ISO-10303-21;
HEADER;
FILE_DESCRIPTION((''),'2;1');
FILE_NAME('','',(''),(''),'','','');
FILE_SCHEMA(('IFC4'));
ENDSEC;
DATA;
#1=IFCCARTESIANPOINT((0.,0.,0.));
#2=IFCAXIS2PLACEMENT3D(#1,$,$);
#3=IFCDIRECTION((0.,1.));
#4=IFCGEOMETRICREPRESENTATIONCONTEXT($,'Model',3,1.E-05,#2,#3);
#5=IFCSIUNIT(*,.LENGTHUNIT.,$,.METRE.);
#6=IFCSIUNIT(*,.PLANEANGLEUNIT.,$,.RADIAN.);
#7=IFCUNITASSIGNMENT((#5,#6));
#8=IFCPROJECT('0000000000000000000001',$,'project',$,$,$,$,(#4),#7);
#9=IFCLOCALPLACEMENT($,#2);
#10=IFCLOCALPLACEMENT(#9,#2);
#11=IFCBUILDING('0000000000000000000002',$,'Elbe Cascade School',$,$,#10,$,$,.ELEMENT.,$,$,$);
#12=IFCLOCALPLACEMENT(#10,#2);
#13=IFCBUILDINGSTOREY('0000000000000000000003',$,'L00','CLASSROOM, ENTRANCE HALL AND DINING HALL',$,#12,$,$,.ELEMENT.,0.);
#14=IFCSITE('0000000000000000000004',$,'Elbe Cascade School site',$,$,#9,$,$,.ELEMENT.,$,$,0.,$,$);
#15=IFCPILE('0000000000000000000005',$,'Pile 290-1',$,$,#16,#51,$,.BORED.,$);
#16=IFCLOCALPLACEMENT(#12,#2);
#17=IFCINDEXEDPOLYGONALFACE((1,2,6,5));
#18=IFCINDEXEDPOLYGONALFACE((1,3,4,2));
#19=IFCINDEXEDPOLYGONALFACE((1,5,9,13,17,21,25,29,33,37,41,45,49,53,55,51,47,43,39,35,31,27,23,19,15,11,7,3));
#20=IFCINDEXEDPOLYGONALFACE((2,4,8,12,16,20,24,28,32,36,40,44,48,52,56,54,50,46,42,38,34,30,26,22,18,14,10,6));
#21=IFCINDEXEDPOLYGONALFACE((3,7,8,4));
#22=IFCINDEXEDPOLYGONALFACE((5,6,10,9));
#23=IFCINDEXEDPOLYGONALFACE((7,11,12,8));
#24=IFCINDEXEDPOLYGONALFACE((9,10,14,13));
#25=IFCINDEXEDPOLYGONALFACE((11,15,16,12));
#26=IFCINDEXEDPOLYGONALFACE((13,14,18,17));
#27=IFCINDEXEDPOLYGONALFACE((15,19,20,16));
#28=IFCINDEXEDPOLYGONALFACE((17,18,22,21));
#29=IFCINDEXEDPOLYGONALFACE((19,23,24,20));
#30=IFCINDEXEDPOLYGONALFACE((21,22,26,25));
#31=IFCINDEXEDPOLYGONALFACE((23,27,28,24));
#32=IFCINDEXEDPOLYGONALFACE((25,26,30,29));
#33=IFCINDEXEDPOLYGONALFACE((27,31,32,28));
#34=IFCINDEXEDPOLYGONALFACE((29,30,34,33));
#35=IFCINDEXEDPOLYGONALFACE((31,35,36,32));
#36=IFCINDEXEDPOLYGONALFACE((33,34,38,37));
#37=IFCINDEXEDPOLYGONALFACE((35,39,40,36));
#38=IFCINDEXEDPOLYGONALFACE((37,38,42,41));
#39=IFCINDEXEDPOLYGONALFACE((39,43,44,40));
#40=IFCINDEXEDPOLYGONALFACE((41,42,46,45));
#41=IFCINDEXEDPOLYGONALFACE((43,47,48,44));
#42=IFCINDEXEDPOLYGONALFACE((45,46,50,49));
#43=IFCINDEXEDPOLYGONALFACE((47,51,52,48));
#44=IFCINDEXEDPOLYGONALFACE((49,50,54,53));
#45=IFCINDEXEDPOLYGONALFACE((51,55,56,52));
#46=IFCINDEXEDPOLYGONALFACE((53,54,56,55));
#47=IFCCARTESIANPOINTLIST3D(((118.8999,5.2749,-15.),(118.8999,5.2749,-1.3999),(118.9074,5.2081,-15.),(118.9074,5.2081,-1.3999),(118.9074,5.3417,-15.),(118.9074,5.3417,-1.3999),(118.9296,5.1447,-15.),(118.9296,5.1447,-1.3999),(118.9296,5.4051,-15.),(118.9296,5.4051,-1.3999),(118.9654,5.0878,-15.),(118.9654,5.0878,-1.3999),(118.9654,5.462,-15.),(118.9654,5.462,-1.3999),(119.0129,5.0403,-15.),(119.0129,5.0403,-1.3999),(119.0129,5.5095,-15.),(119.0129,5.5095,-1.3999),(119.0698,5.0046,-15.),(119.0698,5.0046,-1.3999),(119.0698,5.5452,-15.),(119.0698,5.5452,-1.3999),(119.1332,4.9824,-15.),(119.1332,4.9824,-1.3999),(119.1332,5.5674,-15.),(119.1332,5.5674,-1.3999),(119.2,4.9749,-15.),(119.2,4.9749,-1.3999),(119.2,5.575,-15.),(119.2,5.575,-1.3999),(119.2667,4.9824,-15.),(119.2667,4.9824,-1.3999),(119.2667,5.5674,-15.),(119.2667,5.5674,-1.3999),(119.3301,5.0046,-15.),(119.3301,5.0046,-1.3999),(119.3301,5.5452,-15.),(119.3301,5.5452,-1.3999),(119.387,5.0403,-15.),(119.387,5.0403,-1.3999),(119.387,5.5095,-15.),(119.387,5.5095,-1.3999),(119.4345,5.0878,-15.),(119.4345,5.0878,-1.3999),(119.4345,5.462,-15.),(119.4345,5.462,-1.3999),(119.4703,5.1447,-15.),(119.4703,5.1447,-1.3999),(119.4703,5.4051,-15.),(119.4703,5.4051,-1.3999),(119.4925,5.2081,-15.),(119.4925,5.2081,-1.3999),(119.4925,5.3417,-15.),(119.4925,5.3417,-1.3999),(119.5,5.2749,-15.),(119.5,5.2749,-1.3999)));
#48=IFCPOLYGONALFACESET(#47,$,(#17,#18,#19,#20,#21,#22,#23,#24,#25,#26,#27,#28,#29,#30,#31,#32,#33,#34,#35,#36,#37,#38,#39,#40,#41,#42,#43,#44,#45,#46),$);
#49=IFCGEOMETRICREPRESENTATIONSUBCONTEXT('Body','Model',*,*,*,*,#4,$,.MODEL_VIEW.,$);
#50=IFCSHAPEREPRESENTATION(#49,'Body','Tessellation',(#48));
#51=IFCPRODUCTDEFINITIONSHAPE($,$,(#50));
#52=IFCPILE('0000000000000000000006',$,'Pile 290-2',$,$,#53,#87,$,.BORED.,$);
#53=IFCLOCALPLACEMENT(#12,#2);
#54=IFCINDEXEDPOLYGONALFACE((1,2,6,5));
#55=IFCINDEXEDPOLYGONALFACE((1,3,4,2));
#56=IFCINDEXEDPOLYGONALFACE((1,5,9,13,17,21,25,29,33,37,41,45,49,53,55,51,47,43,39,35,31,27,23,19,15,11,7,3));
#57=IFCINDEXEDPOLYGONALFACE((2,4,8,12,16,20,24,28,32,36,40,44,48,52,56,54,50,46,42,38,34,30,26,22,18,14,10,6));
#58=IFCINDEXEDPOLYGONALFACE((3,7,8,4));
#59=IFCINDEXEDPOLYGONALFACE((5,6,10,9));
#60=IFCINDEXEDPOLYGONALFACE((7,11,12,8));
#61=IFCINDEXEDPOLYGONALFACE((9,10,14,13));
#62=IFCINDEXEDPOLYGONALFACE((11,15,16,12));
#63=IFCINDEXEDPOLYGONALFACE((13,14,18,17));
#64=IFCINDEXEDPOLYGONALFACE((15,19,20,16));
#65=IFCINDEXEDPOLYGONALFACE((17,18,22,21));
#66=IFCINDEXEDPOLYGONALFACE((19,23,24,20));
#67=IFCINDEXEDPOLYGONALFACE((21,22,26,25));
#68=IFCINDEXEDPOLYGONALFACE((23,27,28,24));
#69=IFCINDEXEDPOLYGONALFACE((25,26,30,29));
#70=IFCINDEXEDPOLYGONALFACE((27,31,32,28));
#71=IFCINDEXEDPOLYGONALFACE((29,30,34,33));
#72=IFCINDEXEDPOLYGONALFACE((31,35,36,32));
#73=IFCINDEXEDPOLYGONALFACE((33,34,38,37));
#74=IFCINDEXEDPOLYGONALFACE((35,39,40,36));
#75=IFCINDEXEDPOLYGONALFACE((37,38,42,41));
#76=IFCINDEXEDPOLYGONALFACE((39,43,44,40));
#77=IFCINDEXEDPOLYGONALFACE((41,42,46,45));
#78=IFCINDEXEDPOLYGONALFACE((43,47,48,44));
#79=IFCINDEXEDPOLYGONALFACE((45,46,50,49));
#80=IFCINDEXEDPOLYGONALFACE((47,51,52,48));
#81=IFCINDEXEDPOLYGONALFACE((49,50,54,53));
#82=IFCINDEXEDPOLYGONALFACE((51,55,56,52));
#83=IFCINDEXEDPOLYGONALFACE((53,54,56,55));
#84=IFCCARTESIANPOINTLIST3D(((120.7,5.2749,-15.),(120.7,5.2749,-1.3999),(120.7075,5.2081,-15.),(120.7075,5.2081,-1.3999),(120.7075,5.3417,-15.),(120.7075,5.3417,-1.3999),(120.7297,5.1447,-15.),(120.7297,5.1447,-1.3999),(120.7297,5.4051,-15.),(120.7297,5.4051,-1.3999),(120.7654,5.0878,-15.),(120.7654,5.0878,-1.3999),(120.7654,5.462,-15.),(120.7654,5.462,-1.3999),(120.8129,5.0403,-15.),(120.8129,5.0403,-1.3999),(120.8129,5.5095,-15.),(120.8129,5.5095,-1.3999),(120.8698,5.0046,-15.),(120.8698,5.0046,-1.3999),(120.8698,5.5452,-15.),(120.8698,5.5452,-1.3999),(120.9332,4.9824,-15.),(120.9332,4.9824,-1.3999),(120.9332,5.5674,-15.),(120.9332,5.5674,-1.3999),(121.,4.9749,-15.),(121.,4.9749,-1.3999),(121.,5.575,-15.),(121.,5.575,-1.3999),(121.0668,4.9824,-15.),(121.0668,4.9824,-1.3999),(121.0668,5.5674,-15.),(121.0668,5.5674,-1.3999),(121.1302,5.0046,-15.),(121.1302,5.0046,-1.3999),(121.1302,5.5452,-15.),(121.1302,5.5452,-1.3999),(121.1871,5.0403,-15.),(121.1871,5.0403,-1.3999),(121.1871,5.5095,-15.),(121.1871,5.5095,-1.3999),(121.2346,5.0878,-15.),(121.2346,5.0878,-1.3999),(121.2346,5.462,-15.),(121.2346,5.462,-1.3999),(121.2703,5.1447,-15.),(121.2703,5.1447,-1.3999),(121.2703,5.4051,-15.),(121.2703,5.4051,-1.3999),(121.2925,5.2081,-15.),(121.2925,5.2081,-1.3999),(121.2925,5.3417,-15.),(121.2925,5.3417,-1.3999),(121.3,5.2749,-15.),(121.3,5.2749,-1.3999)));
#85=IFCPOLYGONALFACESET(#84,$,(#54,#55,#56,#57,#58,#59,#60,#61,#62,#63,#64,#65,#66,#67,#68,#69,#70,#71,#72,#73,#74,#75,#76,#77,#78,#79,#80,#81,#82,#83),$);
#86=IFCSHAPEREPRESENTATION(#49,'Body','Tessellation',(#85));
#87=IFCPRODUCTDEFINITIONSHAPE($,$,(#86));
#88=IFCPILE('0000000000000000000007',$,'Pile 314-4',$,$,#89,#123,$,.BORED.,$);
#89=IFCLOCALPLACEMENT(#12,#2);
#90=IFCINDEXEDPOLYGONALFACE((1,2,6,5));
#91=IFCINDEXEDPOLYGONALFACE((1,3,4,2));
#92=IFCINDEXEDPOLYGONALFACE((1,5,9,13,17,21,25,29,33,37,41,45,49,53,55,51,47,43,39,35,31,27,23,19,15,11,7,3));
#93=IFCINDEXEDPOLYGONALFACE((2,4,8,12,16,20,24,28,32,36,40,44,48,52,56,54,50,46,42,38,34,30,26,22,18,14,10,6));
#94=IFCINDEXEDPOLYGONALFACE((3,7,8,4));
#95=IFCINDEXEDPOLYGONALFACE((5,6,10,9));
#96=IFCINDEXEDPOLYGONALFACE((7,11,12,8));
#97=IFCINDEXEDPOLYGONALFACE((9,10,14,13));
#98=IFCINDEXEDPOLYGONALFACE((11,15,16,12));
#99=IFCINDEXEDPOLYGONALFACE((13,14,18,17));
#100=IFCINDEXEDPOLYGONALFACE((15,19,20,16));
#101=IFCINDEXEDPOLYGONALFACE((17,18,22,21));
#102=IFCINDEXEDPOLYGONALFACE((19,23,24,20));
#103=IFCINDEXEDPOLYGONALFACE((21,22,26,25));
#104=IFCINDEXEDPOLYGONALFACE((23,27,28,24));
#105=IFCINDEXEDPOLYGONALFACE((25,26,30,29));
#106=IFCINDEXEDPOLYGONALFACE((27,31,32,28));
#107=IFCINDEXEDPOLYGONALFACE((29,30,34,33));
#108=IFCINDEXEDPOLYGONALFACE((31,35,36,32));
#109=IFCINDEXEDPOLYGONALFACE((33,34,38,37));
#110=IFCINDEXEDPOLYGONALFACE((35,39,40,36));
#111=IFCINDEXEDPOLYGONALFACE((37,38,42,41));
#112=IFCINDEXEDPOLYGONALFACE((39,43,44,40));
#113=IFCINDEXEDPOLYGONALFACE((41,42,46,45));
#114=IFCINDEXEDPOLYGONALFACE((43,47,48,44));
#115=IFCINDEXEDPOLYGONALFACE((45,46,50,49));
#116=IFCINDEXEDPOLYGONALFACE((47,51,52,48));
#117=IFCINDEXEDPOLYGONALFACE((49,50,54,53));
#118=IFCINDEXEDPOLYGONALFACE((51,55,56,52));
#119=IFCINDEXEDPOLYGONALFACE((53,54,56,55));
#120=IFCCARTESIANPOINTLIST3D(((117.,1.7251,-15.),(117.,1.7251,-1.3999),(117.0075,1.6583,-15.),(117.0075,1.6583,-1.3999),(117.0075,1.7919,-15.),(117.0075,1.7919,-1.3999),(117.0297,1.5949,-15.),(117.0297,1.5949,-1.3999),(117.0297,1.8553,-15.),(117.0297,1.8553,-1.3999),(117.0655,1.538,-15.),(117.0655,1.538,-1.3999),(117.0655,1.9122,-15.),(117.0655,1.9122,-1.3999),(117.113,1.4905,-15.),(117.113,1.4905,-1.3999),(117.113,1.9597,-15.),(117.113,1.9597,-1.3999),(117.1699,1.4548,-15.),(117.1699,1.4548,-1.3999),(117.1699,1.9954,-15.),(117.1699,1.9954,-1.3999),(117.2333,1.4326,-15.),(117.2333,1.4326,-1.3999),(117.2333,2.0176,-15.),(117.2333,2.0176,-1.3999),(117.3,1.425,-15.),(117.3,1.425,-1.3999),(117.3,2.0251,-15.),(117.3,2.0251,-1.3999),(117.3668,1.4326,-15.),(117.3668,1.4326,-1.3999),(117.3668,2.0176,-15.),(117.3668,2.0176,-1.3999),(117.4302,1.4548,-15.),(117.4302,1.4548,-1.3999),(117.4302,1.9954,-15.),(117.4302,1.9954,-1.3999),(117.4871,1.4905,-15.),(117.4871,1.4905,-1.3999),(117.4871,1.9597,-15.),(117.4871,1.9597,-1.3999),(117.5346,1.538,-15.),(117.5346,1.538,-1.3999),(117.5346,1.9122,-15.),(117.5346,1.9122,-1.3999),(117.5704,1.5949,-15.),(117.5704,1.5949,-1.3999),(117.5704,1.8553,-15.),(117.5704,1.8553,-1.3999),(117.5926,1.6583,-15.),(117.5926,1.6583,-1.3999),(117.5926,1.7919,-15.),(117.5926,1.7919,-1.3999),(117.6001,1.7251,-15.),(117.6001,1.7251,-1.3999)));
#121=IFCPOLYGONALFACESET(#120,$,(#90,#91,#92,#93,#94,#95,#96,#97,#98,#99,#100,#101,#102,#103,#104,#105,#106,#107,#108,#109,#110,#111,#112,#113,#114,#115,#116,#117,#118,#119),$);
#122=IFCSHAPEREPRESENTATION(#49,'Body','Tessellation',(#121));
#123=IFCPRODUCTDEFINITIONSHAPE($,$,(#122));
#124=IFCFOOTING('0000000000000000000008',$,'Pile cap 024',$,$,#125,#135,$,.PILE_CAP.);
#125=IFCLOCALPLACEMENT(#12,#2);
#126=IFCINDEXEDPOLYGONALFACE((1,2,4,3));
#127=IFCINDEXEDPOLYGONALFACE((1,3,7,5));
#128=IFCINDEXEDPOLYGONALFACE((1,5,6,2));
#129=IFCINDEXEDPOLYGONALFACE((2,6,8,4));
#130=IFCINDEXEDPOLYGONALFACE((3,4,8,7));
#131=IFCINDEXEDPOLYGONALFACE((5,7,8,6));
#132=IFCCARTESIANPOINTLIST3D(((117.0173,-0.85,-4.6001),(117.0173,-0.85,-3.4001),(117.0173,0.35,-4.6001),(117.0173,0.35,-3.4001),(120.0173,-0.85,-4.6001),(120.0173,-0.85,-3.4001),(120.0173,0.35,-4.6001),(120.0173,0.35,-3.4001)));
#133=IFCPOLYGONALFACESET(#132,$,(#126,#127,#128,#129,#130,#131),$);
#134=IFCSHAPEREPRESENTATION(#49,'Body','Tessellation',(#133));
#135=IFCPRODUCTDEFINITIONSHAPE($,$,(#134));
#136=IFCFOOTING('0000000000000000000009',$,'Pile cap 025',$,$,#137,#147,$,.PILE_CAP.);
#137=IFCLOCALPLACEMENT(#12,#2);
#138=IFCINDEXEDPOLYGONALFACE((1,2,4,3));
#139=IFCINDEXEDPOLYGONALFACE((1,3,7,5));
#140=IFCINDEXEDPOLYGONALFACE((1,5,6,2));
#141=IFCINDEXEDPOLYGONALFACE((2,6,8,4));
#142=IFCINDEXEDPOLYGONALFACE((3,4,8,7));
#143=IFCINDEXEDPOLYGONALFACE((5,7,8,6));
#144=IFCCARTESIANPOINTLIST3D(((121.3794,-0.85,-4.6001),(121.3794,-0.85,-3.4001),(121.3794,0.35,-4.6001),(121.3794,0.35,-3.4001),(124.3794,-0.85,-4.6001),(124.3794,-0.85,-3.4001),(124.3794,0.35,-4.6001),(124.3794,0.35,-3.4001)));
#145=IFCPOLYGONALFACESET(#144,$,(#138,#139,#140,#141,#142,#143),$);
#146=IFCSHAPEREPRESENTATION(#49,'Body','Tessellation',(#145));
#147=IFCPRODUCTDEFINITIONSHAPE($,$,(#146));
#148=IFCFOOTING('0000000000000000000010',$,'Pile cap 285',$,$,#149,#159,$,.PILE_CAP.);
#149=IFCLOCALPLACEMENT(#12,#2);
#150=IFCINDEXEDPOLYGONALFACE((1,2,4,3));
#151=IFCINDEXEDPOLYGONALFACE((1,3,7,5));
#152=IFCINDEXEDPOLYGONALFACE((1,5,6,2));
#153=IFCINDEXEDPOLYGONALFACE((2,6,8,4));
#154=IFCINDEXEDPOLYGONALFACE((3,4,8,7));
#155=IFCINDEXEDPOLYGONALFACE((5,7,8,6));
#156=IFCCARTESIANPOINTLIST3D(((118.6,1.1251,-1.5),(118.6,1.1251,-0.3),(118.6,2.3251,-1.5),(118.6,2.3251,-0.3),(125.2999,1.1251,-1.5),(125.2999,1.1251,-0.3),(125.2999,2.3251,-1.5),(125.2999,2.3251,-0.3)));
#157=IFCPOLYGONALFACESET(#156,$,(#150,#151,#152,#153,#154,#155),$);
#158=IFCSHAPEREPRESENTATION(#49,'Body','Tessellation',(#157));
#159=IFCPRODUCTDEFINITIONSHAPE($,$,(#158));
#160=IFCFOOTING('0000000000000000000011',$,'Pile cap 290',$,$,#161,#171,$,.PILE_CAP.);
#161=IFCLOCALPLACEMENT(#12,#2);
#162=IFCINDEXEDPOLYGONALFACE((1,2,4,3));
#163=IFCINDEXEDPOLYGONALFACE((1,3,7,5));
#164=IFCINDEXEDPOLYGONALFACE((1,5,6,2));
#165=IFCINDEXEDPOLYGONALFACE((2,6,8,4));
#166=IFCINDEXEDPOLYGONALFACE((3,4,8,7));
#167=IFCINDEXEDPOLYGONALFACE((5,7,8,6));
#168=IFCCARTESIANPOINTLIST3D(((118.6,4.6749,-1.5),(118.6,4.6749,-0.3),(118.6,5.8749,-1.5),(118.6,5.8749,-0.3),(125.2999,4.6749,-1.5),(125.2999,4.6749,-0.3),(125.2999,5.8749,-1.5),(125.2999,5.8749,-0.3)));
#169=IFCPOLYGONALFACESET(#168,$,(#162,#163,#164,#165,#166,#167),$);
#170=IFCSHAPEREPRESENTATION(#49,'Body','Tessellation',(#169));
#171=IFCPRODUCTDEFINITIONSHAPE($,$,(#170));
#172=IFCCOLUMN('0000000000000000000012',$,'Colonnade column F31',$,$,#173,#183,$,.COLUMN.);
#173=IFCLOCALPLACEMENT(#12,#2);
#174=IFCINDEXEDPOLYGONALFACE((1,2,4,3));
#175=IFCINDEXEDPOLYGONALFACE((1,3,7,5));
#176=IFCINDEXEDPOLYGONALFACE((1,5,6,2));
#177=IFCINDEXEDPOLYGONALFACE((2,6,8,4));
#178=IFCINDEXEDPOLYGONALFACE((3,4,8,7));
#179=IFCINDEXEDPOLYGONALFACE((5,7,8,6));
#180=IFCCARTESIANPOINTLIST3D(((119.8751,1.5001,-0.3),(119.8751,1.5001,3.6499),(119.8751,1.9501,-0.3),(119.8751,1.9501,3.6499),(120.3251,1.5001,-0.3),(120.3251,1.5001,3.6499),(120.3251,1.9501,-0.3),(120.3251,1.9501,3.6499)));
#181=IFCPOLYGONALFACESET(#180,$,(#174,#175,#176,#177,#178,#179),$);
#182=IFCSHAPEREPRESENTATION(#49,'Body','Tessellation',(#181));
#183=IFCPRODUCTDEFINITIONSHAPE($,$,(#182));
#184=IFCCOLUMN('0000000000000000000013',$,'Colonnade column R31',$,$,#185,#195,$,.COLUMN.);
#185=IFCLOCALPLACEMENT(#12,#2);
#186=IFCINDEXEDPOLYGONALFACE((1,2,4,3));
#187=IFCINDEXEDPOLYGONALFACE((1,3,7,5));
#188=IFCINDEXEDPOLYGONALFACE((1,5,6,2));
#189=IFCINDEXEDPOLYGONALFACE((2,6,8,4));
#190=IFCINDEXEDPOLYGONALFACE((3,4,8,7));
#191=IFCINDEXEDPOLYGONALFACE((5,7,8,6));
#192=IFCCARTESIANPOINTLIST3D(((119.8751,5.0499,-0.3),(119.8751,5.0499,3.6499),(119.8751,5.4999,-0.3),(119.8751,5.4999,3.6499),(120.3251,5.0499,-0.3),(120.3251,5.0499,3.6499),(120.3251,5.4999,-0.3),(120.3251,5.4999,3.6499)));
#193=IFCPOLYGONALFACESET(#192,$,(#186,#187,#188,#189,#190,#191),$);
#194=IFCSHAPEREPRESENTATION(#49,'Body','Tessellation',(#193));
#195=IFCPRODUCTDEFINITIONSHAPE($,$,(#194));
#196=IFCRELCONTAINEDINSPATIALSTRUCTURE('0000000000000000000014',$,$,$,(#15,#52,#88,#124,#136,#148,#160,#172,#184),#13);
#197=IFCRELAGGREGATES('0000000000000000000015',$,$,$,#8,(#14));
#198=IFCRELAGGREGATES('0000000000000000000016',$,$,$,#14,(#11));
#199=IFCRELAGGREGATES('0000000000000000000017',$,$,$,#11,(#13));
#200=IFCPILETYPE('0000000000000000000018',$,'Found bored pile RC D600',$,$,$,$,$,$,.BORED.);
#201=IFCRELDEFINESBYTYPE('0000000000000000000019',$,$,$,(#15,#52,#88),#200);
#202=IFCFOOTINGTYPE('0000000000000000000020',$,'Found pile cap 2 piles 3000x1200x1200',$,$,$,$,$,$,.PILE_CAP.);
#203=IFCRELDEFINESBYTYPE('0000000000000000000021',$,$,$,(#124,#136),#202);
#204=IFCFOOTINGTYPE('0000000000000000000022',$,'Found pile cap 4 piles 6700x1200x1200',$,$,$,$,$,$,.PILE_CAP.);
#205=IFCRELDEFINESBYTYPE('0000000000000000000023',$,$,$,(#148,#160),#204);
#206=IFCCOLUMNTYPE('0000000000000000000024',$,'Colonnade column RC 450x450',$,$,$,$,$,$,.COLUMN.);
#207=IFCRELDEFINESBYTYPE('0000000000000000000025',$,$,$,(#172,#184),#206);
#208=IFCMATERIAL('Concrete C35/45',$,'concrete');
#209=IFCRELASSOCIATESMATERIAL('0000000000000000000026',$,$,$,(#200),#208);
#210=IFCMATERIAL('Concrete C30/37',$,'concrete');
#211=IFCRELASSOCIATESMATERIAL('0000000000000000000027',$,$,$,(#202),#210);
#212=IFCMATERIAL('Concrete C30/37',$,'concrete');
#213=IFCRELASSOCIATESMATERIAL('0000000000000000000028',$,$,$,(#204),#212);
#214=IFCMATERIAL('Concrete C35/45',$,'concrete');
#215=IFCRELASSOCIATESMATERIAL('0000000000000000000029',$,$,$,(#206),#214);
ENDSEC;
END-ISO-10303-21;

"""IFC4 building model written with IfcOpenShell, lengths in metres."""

from ifc_helpers import new_model, si_unit, direction, frame, origin, origin_2d, place, context, subcontext, project, spatial, rectangle, circle, extrude, material, material_profile, profile_set, type_object, element, save


model = new_model("IFC4")

# Units and contexts
model_context = context("Model", 3, precision=1e-05, world=origin(), true_north=direction((0.0, 1.0)))
body_context = subcontext(model_context, "Body", "Model", "MODEL_VIEW")
ifc_project = project(units=[si_unit("LENGTHUNIT", "METRE"), si_unit("PLANEANGLEUNIT", "RADIAN")], contexts=[model_context])

# Site, building, storey
site_placement = place(None, origin())
site = spatial("IfcSite", under=ifc_project, at=site_placement, Name="Elbe Cascade School site", CompositionType="ELEMENT", RefElevation=0.0)
building_placement = place(site_placement, origin())
building = spatial("IfcBuilding", under=site, at=building_placement, Name="Elbe Cascade School", CompositionType="ELEMENT")
storey_placement = place(building_placement, origin())
storey = spatial("IfcBuildingStorey", under=building, at=storey_placement, Name="L00", Description="CLASSROOM, ENTRANCE HALL AND DINING HALL", CompositionType="ELEMENT", Elevation=0.0)

# Piles
ifc_material_1 = material(Name="Concrete C35/45", Category="concrete")
ifc_material_profile_1 = material_profile(ifc_material_1, circle(Radius=0.3, at=origin_2d()), Name="RC D600")
ifc_profile_set_1 = profile_set([ifc_material_profile_1], Name="Concrete C35/45")
pile_type = type_object("IfcPileType", Name="Found bored pile RC D600", PredefinedType="BORED", material=ifc_profile_set_1)
for number, where, z_axis, x_axis, name in (
    (1, (119.2, 5.2749, -1.3999), (0.0, 0.0, -1.0), (1.0, 0.0, 0.0), "Pile 290-1"),
    (2, (121.0, 5.2749, -1.3999), (0.0, 0.0, -1.0), (1.0, 0.0, 0.0), "Pile 290-2"),
    (3, (117.3, 1.7251, -1.3999), (0.0, 0.0, -1.0), (1.0, 0.0, 0.0), "Pile 314-4"),
):
    element("IfcPile", number, at=place(storey_placement, frame(where, z_axis=z_axis, x_axis=x_axis)), inside=storey, type_object=pile_type, Name=name, PredefinedType="BORED", context=body_context, shape_type="SweptSolid", body=[
        extrude(circle(Radius=0.3, at=origin_2d()), origin(), (0.0, 0.0, 1.0), 13.6001),
    ])

# Footings
ifc_material_2 = material(Name="Concrete C30/37", Category="concrete")
footing_type_1 = type_object("IfcFootingType", Name="Found pile cap 2 piles 3000x1200x1200", PredefinedType="PILE_CAP", material=ifc_material_2)
for number, where, z_axis, x_axis, name in (
    (4, (118.5173, -0.25, -4.6001), (0.0, 0.0, 1.0), (1.0, 0.0, 0.0), "Pile cap 024"),
    (5, (122.8794, -0.25, -4.6001), (0.0, 0.0, 1.0), (1.0, 0.0, 0.0), "Pile cap 025"),
):
    element("IfcFooting", number, at=place(storey_placement, frame(where, z_axis=z_axis, x_axis=x_axis)), inside=storey, type_object=footing_type_1, Name=name, PredefinedType="PILE_CAP", context=body_context, shape_type="SweptSolid", body=[
        extrude(rectangle(XDim=3.0, YDim=1.2, at=origin_2d()), origin(), (0.0, 0.0, 1.0), 1.2),
    ])
ifc_material_3 = material(Name="Concrete C30/37", Category="concrete")
footing_type_2 = type_object("IfcFootingType", Name="Found pile cap 4 piles 6700x1200x1200", PredefinedType="PILE_CAP", material=ifc_material_3)
for number, where, z_axis, x_axis, name in (
    (6, (121.95, 1.7251, -1.5), (0.0, 0.0, 1.0), (1.0, 0.0, 0.0), "Pile cap 285"),
    (7, (121.95, 5.2749, -1.5), (0.0, 0.0, 1.0), (1.0, 0.0, 0.0), "Pile cap 290"),
):
    element("IfcFooting", number, at=place(storey_placement, frame(where, z_axis=z_axis, x_axis=x_axis)), inside=storey, type_object=footing_type_2, Name=name, PredefinedType="PILE_CAP", context=body_context, shape_type="SweptSolid", body=[
        extrude(rectangle(XDim=6.7, YDim=1.2, at=origin_2d()), origin(), (0.0, 0.0, 1.0), 1.2),
    ])

# Columns
ifc_material_4 = material(Name="Concrete C35/45", Category="concrete")
ifc_material_profile_2 = material_profile(ifc_material_4, rectangle(XDim=0.45, YDim=0.45, at=origin_2d()), Name="RC 450x450")
ifc_profile_set_2 = profile_set([ifc_material_profile_2], Name="Concrete C35/45")
column_type = type_object("IfcColumnType", Name="Colonnade column RC 450x450", PredefinedType="COLUMN", material=ifc_profile_set_2)
for number, where, z_axis, x_axis, name in (
    (8, (120.1001, 1.7251, -0.3), (0.0, 0.0, 1.0), (1.0, 0.0, 0.0), "Colonnade column F31"),
    (9, (120.1001, 5.2749, -0.3), (0.0, 0.0, 1.0), (1.0, 0.0, 0.0), "Colonnade column R31"),
):
    element("IfcColumn", number, at=place(storey_placement, frame(where, z_axis=z_axis, x_axis=x_axis)), inside=storey, type_object=column_type, Name=name, PredefinedType="COLUMN", context=body_context, shape_type="SweptSolid", body=[
        extrude(rectangle(XDim=0.45, YDim=0.45, at=origin_2d()), origin(), (0.0, 0.0, 1.0), 3.95),
    ])

save(model, "model.ifc")
